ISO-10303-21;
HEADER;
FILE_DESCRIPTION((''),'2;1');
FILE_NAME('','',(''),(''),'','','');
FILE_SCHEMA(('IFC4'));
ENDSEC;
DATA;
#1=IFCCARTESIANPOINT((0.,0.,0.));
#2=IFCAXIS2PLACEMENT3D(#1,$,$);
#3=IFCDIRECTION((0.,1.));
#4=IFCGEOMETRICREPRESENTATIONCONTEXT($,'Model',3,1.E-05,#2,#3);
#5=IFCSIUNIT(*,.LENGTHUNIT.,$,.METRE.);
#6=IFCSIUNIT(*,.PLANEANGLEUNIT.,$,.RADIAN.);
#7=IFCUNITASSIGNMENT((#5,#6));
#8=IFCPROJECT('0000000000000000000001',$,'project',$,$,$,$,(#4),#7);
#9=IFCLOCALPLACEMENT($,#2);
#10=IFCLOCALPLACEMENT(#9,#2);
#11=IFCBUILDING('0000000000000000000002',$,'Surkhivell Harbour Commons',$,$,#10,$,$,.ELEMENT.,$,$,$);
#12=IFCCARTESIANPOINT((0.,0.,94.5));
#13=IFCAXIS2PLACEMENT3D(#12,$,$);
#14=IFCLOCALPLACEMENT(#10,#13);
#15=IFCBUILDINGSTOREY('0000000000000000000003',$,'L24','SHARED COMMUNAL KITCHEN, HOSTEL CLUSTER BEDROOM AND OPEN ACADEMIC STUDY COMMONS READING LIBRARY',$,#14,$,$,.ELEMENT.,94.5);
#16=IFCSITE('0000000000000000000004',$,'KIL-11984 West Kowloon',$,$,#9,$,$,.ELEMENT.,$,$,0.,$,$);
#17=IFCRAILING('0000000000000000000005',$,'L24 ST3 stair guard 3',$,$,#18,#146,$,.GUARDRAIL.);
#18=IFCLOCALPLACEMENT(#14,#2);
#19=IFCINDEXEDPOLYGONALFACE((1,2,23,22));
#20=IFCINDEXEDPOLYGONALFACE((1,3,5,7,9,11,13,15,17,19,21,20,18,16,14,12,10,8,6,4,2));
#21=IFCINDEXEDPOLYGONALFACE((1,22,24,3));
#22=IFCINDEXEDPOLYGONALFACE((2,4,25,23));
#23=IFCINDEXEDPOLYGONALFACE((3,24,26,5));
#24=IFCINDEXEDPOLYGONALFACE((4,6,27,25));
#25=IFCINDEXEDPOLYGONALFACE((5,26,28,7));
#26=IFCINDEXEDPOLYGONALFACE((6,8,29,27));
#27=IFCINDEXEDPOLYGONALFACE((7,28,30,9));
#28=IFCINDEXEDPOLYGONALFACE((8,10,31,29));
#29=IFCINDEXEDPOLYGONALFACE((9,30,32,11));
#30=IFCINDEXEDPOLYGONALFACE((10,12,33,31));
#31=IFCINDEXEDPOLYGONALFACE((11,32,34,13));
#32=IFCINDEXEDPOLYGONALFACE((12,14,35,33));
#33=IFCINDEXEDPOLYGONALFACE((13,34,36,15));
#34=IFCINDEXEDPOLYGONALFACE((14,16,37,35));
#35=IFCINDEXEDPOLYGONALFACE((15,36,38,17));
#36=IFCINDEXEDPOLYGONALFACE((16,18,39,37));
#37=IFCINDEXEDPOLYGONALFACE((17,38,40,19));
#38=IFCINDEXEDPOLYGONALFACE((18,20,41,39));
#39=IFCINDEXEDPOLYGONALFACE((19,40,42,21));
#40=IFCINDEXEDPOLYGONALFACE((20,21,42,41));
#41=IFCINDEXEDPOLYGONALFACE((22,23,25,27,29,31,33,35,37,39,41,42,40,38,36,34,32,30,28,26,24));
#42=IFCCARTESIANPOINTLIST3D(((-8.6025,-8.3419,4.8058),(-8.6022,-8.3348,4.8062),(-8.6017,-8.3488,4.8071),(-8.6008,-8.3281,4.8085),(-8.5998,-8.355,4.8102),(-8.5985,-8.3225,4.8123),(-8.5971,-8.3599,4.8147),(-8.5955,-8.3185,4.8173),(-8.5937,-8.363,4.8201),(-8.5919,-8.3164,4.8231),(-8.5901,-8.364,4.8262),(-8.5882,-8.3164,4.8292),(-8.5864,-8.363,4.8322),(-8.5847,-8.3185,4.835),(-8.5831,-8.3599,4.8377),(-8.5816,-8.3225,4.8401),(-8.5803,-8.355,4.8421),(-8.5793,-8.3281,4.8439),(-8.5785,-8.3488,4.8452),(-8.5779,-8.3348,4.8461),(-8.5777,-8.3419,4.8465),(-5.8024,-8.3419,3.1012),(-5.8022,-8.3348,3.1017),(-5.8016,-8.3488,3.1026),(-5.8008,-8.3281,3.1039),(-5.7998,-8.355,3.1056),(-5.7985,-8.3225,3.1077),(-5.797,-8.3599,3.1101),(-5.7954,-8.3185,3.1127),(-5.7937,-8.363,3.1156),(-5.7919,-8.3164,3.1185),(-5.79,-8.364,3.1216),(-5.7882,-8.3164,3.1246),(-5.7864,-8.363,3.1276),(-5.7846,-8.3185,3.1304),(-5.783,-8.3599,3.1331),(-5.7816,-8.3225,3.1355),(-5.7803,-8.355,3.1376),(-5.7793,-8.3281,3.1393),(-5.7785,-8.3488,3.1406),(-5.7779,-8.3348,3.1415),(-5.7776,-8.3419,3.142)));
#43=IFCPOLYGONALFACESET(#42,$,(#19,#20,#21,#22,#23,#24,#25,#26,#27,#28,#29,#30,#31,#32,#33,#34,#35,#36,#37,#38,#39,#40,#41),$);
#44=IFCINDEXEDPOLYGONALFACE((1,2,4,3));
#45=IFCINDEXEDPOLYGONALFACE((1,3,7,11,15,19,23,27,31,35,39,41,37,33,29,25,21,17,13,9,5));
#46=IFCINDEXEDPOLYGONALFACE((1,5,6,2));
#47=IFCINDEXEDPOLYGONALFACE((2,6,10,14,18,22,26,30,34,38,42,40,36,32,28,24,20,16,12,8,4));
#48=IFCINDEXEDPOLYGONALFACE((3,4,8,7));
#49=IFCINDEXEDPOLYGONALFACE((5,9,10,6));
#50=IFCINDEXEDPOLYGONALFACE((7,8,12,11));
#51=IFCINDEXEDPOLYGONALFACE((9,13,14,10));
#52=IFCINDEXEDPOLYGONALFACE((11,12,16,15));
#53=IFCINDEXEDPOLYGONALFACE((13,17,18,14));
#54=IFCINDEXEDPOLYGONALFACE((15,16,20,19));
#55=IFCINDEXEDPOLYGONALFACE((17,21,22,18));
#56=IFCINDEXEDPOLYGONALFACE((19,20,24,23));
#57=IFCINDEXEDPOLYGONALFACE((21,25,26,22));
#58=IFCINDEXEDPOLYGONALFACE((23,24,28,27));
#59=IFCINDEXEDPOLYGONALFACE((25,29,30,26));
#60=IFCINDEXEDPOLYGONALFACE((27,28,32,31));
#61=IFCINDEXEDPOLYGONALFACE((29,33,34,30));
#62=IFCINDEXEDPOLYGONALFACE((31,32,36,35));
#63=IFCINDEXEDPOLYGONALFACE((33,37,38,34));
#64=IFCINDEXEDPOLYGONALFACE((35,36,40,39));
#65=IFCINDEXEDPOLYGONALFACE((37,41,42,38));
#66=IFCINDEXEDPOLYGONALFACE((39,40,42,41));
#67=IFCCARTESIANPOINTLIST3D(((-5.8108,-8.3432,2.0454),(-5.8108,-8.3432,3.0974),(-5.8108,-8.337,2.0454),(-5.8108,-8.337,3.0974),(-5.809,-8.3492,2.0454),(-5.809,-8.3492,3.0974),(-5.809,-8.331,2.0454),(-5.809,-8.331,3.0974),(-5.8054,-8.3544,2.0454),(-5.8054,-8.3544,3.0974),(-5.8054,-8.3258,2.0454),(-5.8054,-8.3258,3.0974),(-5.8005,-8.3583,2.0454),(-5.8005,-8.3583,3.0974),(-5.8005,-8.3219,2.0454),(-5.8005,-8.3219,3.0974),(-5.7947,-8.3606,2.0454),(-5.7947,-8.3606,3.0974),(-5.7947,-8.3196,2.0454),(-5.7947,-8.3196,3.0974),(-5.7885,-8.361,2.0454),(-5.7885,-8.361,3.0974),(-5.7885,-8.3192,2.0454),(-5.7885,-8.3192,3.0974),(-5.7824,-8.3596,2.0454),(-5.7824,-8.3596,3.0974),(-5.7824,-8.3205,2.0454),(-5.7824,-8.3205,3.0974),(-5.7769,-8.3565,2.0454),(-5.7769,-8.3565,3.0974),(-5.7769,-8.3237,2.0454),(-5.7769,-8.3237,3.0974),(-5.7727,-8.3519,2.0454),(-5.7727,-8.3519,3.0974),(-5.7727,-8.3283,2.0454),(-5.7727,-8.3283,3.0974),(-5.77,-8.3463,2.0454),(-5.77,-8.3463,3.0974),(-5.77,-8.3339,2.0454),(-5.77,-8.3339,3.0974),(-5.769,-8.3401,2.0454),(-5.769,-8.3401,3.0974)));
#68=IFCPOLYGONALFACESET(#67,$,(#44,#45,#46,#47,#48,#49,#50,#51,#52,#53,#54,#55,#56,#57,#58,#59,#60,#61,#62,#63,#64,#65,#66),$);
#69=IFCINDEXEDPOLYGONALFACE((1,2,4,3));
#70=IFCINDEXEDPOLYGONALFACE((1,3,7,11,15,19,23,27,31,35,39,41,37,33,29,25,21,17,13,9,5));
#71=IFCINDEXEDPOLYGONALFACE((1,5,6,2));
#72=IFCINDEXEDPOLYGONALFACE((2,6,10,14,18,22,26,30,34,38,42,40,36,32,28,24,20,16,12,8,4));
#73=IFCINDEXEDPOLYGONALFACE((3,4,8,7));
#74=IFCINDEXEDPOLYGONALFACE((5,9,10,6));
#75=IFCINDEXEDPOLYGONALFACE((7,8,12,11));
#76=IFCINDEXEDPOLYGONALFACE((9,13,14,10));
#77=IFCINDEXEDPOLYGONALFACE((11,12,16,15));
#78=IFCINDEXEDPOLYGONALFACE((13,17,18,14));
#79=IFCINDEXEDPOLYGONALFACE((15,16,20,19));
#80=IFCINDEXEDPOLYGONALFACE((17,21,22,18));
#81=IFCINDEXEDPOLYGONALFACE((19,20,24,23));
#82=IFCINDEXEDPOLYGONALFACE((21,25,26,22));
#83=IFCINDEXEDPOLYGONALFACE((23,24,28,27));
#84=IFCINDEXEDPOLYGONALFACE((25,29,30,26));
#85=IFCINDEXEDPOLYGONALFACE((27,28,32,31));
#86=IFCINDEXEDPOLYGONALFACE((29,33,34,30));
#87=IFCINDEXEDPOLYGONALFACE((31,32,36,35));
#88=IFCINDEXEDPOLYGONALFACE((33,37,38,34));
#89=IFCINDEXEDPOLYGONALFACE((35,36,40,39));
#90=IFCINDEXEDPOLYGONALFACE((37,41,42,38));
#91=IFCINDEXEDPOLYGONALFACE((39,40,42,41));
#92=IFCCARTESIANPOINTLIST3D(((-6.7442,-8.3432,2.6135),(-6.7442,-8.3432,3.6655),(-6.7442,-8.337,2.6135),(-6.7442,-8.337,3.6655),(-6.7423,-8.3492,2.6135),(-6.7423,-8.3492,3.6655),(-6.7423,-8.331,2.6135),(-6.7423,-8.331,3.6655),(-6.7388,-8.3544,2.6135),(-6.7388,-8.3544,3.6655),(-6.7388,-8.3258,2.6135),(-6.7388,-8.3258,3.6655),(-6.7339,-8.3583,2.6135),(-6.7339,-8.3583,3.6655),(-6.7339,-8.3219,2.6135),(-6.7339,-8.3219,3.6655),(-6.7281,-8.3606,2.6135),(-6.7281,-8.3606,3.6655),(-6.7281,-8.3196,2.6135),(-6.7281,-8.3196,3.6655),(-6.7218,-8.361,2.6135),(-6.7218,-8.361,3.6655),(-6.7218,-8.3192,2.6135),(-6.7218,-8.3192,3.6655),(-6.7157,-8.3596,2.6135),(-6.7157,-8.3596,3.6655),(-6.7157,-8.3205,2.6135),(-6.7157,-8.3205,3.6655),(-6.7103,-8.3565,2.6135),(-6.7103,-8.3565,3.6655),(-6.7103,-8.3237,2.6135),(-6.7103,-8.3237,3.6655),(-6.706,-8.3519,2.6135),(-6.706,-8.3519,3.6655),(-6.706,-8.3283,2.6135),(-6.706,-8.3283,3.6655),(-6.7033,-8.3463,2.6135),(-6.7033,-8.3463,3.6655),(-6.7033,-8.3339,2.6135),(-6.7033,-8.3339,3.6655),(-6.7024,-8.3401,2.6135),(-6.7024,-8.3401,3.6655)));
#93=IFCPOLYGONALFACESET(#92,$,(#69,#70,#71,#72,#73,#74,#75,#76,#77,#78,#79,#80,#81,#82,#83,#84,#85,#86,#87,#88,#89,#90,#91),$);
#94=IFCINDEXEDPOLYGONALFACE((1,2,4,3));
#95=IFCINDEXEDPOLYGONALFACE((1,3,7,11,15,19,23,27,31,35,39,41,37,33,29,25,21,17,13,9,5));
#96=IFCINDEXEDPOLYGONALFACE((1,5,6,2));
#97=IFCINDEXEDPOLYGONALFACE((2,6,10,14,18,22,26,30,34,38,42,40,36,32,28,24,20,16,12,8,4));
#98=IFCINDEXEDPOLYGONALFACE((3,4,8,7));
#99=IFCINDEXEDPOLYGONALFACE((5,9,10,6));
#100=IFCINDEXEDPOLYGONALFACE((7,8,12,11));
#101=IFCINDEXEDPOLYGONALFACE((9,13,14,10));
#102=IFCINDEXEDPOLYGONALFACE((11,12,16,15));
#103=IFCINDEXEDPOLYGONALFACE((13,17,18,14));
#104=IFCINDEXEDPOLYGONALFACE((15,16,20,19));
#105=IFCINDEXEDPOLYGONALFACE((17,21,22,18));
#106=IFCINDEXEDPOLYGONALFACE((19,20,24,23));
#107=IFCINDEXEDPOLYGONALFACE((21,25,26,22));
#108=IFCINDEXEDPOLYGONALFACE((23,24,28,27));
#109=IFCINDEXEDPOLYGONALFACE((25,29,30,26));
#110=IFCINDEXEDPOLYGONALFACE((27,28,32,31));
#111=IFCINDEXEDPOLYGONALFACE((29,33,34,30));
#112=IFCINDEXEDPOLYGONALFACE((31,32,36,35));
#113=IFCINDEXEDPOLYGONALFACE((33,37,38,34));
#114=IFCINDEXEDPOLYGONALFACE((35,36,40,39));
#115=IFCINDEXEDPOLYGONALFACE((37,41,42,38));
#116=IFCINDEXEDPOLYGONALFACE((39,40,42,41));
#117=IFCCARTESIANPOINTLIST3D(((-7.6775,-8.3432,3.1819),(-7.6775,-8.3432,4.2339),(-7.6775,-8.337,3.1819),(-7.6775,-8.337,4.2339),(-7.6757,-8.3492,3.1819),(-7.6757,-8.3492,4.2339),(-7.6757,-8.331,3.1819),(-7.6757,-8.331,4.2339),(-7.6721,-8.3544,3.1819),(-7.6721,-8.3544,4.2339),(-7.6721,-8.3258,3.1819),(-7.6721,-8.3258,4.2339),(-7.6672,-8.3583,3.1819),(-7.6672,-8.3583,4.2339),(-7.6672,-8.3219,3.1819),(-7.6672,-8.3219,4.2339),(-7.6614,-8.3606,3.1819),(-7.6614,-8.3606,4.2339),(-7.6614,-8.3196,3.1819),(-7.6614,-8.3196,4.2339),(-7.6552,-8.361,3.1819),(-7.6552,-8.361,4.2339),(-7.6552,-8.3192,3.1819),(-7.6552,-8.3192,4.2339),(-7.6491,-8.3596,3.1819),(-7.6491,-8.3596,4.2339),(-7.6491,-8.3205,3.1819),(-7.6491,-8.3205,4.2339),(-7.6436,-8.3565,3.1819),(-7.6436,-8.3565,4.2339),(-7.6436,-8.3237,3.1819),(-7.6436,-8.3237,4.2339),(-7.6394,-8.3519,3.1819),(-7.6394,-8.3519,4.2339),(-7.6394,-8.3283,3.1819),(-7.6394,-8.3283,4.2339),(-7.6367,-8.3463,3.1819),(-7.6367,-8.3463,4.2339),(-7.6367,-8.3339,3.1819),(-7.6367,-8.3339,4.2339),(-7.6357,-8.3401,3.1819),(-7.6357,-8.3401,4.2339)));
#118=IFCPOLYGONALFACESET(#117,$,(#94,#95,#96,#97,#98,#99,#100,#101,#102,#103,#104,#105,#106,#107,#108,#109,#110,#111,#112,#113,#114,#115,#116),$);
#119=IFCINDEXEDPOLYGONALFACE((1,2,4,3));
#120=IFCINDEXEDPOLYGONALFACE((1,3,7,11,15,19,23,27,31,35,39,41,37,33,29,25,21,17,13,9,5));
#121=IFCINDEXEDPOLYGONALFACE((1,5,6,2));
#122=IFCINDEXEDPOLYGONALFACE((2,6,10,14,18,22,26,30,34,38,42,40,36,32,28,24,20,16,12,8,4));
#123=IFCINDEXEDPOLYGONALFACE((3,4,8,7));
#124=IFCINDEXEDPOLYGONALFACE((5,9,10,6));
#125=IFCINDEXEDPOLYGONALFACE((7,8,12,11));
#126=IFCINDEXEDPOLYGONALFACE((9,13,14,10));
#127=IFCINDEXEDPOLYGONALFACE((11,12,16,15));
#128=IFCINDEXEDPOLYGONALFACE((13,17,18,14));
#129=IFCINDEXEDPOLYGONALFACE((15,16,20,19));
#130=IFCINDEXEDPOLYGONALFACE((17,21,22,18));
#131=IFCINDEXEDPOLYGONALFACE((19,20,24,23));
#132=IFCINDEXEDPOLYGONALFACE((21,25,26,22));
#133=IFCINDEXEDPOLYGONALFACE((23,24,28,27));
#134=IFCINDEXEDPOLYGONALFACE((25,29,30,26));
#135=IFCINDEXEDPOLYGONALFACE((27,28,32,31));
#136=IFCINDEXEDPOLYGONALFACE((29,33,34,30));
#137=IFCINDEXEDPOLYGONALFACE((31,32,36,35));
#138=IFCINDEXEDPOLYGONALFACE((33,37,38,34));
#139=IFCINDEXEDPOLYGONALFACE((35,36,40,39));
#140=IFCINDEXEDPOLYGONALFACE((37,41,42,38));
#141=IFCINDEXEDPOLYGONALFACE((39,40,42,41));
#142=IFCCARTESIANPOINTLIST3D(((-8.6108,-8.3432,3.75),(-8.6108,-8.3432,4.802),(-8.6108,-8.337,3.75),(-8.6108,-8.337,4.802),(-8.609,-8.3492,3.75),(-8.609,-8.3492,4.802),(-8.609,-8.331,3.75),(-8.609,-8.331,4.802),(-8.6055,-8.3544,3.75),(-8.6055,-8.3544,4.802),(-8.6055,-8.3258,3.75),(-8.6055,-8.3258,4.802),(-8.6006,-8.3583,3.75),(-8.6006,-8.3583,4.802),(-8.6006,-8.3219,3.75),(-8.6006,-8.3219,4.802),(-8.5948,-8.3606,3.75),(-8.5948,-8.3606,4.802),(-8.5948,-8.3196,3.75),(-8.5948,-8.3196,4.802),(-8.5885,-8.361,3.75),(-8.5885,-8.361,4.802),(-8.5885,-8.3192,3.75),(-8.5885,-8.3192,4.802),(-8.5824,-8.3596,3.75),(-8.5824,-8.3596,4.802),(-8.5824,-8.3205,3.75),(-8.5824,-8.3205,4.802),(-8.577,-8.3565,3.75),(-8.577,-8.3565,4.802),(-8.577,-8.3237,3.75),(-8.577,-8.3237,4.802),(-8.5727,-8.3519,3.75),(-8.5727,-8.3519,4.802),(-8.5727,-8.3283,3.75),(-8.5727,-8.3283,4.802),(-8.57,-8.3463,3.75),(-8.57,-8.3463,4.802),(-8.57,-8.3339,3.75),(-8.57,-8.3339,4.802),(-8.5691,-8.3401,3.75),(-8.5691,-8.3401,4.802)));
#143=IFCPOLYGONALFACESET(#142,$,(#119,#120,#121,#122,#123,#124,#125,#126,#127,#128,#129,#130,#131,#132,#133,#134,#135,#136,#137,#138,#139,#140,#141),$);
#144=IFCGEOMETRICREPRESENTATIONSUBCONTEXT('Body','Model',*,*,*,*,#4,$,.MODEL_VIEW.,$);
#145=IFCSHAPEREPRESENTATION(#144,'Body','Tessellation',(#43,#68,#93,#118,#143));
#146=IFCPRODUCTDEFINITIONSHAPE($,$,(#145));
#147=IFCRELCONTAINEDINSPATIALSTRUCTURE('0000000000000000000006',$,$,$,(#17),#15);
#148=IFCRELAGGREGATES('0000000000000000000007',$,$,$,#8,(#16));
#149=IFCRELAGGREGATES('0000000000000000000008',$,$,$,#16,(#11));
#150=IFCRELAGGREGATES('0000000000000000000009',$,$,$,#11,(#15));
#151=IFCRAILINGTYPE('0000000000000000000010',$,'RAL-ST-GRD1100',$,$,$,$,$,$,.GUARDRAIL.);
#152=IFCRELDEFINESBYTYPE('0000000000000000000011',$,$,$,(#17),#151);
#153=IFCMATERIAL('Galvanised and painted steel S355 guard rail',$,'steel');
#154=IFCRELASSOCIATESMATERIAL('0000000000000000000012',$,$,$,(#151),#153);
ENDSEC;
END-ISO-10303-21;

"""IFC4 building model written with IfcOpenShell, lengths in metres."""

from ifc_helpers import new_model, si_unit, direction, frame, origin, origin_2d, place, context, subcontext, project, spatial, circle, extrude, material, type_object, element, save


model = new_model("IFC4")

# Units and contexts
model_context = context("Model", 3, precision=1e-05, world=origin(), true_north=direction((0.0, 1.0)))
body_context = subcontext(model_context, "Body", "Model", "MODEL_VIEW")
ifc_project = project(units=[si_unit("LENGTHUNIT", "METRE"), si_unit("PLANEANGLEUNIT", "RADIAN")], contexts=[model_context])

# Site, building, storey
site_placement = place(None, origin())
site = spatial("IfcSite", under=ifc_project, at=site_placement, Name="KIL-11984 West Kowloon", CompositionType="ELEMENT", RefElevation=0.0)
building_placement = place(site_placement, origin())
building = spatial("IfcBuilding", under=site, at=building_placement, Name="Surkhivell Harbour Commons", CompositionType="ELEMENT")
storey_placement = place(building_placement, frame((0.0, 0.0, 94.5)))
storey = spatial("IfcBuildingStorey", under=building, at=storey_placement, Name="L24", Description="SHARED COMMUNAL KITCHEN, HOSTEL CLUSTER BEDROOM AND OPEN ACADEMIC STUDY COMMONS READING LIBRARY", CompositionType="ELEMENT", Elevation=94.5)

# Railing
ifc_material_1 = material(Name="Galvanised and painted steel S355 guard rail", Category="steel")
railing_type_1 = type_object("IfcRailingType", Name="RAL-ST-GRD1100", PredefinedType="GUARDRAIL", material=ifc_material_1)
railing_1_placement = place(storey_placement, frame((-5.79, -8.3401, 2.0454)))
element("IfcRailing", 1, at=railing_1_placement, inside=storey, type_object=railing_type_1, Name="L24 ST3 stair guard 3", PredefinedType="GUARDRAIL", context=body_context, shape_type="SweptSolid", body=[
    extrude(circle(Radius=0.0239, at=origin_2d()), frame((0.0, 0.0, 1.0762), z_axis=(-0.85417, 0.0, 0.519994), x_axis=(0.0, -1.0, 0.0)), (0.0, 0.0, 1.0), 3.2781),
    extrude(circle(Radius=0.021, at=origin_2d()), origin(), (0.0, 0.0, 1.0), 1.052),
    extrude(circle(Radius=0.021, at=origin_2d()), frame((-0.9333, 0.0, 0.5681)), (0.0, 0.0, 1.0), 1.052),
    extrude(circle(Radius=0.021, at=origin_2d()), frame((-1.8667, 0.0, 1.1365)), (0.0, 0.0, 1.0), 1.052),
    extrude(circle(Radius=0.021, at=origin_2d()), frame((-2.8, 0.0, 1.7046)), (0.0, 0.0, 1.0), 1.052),
])

save(model, "model.ifc")
